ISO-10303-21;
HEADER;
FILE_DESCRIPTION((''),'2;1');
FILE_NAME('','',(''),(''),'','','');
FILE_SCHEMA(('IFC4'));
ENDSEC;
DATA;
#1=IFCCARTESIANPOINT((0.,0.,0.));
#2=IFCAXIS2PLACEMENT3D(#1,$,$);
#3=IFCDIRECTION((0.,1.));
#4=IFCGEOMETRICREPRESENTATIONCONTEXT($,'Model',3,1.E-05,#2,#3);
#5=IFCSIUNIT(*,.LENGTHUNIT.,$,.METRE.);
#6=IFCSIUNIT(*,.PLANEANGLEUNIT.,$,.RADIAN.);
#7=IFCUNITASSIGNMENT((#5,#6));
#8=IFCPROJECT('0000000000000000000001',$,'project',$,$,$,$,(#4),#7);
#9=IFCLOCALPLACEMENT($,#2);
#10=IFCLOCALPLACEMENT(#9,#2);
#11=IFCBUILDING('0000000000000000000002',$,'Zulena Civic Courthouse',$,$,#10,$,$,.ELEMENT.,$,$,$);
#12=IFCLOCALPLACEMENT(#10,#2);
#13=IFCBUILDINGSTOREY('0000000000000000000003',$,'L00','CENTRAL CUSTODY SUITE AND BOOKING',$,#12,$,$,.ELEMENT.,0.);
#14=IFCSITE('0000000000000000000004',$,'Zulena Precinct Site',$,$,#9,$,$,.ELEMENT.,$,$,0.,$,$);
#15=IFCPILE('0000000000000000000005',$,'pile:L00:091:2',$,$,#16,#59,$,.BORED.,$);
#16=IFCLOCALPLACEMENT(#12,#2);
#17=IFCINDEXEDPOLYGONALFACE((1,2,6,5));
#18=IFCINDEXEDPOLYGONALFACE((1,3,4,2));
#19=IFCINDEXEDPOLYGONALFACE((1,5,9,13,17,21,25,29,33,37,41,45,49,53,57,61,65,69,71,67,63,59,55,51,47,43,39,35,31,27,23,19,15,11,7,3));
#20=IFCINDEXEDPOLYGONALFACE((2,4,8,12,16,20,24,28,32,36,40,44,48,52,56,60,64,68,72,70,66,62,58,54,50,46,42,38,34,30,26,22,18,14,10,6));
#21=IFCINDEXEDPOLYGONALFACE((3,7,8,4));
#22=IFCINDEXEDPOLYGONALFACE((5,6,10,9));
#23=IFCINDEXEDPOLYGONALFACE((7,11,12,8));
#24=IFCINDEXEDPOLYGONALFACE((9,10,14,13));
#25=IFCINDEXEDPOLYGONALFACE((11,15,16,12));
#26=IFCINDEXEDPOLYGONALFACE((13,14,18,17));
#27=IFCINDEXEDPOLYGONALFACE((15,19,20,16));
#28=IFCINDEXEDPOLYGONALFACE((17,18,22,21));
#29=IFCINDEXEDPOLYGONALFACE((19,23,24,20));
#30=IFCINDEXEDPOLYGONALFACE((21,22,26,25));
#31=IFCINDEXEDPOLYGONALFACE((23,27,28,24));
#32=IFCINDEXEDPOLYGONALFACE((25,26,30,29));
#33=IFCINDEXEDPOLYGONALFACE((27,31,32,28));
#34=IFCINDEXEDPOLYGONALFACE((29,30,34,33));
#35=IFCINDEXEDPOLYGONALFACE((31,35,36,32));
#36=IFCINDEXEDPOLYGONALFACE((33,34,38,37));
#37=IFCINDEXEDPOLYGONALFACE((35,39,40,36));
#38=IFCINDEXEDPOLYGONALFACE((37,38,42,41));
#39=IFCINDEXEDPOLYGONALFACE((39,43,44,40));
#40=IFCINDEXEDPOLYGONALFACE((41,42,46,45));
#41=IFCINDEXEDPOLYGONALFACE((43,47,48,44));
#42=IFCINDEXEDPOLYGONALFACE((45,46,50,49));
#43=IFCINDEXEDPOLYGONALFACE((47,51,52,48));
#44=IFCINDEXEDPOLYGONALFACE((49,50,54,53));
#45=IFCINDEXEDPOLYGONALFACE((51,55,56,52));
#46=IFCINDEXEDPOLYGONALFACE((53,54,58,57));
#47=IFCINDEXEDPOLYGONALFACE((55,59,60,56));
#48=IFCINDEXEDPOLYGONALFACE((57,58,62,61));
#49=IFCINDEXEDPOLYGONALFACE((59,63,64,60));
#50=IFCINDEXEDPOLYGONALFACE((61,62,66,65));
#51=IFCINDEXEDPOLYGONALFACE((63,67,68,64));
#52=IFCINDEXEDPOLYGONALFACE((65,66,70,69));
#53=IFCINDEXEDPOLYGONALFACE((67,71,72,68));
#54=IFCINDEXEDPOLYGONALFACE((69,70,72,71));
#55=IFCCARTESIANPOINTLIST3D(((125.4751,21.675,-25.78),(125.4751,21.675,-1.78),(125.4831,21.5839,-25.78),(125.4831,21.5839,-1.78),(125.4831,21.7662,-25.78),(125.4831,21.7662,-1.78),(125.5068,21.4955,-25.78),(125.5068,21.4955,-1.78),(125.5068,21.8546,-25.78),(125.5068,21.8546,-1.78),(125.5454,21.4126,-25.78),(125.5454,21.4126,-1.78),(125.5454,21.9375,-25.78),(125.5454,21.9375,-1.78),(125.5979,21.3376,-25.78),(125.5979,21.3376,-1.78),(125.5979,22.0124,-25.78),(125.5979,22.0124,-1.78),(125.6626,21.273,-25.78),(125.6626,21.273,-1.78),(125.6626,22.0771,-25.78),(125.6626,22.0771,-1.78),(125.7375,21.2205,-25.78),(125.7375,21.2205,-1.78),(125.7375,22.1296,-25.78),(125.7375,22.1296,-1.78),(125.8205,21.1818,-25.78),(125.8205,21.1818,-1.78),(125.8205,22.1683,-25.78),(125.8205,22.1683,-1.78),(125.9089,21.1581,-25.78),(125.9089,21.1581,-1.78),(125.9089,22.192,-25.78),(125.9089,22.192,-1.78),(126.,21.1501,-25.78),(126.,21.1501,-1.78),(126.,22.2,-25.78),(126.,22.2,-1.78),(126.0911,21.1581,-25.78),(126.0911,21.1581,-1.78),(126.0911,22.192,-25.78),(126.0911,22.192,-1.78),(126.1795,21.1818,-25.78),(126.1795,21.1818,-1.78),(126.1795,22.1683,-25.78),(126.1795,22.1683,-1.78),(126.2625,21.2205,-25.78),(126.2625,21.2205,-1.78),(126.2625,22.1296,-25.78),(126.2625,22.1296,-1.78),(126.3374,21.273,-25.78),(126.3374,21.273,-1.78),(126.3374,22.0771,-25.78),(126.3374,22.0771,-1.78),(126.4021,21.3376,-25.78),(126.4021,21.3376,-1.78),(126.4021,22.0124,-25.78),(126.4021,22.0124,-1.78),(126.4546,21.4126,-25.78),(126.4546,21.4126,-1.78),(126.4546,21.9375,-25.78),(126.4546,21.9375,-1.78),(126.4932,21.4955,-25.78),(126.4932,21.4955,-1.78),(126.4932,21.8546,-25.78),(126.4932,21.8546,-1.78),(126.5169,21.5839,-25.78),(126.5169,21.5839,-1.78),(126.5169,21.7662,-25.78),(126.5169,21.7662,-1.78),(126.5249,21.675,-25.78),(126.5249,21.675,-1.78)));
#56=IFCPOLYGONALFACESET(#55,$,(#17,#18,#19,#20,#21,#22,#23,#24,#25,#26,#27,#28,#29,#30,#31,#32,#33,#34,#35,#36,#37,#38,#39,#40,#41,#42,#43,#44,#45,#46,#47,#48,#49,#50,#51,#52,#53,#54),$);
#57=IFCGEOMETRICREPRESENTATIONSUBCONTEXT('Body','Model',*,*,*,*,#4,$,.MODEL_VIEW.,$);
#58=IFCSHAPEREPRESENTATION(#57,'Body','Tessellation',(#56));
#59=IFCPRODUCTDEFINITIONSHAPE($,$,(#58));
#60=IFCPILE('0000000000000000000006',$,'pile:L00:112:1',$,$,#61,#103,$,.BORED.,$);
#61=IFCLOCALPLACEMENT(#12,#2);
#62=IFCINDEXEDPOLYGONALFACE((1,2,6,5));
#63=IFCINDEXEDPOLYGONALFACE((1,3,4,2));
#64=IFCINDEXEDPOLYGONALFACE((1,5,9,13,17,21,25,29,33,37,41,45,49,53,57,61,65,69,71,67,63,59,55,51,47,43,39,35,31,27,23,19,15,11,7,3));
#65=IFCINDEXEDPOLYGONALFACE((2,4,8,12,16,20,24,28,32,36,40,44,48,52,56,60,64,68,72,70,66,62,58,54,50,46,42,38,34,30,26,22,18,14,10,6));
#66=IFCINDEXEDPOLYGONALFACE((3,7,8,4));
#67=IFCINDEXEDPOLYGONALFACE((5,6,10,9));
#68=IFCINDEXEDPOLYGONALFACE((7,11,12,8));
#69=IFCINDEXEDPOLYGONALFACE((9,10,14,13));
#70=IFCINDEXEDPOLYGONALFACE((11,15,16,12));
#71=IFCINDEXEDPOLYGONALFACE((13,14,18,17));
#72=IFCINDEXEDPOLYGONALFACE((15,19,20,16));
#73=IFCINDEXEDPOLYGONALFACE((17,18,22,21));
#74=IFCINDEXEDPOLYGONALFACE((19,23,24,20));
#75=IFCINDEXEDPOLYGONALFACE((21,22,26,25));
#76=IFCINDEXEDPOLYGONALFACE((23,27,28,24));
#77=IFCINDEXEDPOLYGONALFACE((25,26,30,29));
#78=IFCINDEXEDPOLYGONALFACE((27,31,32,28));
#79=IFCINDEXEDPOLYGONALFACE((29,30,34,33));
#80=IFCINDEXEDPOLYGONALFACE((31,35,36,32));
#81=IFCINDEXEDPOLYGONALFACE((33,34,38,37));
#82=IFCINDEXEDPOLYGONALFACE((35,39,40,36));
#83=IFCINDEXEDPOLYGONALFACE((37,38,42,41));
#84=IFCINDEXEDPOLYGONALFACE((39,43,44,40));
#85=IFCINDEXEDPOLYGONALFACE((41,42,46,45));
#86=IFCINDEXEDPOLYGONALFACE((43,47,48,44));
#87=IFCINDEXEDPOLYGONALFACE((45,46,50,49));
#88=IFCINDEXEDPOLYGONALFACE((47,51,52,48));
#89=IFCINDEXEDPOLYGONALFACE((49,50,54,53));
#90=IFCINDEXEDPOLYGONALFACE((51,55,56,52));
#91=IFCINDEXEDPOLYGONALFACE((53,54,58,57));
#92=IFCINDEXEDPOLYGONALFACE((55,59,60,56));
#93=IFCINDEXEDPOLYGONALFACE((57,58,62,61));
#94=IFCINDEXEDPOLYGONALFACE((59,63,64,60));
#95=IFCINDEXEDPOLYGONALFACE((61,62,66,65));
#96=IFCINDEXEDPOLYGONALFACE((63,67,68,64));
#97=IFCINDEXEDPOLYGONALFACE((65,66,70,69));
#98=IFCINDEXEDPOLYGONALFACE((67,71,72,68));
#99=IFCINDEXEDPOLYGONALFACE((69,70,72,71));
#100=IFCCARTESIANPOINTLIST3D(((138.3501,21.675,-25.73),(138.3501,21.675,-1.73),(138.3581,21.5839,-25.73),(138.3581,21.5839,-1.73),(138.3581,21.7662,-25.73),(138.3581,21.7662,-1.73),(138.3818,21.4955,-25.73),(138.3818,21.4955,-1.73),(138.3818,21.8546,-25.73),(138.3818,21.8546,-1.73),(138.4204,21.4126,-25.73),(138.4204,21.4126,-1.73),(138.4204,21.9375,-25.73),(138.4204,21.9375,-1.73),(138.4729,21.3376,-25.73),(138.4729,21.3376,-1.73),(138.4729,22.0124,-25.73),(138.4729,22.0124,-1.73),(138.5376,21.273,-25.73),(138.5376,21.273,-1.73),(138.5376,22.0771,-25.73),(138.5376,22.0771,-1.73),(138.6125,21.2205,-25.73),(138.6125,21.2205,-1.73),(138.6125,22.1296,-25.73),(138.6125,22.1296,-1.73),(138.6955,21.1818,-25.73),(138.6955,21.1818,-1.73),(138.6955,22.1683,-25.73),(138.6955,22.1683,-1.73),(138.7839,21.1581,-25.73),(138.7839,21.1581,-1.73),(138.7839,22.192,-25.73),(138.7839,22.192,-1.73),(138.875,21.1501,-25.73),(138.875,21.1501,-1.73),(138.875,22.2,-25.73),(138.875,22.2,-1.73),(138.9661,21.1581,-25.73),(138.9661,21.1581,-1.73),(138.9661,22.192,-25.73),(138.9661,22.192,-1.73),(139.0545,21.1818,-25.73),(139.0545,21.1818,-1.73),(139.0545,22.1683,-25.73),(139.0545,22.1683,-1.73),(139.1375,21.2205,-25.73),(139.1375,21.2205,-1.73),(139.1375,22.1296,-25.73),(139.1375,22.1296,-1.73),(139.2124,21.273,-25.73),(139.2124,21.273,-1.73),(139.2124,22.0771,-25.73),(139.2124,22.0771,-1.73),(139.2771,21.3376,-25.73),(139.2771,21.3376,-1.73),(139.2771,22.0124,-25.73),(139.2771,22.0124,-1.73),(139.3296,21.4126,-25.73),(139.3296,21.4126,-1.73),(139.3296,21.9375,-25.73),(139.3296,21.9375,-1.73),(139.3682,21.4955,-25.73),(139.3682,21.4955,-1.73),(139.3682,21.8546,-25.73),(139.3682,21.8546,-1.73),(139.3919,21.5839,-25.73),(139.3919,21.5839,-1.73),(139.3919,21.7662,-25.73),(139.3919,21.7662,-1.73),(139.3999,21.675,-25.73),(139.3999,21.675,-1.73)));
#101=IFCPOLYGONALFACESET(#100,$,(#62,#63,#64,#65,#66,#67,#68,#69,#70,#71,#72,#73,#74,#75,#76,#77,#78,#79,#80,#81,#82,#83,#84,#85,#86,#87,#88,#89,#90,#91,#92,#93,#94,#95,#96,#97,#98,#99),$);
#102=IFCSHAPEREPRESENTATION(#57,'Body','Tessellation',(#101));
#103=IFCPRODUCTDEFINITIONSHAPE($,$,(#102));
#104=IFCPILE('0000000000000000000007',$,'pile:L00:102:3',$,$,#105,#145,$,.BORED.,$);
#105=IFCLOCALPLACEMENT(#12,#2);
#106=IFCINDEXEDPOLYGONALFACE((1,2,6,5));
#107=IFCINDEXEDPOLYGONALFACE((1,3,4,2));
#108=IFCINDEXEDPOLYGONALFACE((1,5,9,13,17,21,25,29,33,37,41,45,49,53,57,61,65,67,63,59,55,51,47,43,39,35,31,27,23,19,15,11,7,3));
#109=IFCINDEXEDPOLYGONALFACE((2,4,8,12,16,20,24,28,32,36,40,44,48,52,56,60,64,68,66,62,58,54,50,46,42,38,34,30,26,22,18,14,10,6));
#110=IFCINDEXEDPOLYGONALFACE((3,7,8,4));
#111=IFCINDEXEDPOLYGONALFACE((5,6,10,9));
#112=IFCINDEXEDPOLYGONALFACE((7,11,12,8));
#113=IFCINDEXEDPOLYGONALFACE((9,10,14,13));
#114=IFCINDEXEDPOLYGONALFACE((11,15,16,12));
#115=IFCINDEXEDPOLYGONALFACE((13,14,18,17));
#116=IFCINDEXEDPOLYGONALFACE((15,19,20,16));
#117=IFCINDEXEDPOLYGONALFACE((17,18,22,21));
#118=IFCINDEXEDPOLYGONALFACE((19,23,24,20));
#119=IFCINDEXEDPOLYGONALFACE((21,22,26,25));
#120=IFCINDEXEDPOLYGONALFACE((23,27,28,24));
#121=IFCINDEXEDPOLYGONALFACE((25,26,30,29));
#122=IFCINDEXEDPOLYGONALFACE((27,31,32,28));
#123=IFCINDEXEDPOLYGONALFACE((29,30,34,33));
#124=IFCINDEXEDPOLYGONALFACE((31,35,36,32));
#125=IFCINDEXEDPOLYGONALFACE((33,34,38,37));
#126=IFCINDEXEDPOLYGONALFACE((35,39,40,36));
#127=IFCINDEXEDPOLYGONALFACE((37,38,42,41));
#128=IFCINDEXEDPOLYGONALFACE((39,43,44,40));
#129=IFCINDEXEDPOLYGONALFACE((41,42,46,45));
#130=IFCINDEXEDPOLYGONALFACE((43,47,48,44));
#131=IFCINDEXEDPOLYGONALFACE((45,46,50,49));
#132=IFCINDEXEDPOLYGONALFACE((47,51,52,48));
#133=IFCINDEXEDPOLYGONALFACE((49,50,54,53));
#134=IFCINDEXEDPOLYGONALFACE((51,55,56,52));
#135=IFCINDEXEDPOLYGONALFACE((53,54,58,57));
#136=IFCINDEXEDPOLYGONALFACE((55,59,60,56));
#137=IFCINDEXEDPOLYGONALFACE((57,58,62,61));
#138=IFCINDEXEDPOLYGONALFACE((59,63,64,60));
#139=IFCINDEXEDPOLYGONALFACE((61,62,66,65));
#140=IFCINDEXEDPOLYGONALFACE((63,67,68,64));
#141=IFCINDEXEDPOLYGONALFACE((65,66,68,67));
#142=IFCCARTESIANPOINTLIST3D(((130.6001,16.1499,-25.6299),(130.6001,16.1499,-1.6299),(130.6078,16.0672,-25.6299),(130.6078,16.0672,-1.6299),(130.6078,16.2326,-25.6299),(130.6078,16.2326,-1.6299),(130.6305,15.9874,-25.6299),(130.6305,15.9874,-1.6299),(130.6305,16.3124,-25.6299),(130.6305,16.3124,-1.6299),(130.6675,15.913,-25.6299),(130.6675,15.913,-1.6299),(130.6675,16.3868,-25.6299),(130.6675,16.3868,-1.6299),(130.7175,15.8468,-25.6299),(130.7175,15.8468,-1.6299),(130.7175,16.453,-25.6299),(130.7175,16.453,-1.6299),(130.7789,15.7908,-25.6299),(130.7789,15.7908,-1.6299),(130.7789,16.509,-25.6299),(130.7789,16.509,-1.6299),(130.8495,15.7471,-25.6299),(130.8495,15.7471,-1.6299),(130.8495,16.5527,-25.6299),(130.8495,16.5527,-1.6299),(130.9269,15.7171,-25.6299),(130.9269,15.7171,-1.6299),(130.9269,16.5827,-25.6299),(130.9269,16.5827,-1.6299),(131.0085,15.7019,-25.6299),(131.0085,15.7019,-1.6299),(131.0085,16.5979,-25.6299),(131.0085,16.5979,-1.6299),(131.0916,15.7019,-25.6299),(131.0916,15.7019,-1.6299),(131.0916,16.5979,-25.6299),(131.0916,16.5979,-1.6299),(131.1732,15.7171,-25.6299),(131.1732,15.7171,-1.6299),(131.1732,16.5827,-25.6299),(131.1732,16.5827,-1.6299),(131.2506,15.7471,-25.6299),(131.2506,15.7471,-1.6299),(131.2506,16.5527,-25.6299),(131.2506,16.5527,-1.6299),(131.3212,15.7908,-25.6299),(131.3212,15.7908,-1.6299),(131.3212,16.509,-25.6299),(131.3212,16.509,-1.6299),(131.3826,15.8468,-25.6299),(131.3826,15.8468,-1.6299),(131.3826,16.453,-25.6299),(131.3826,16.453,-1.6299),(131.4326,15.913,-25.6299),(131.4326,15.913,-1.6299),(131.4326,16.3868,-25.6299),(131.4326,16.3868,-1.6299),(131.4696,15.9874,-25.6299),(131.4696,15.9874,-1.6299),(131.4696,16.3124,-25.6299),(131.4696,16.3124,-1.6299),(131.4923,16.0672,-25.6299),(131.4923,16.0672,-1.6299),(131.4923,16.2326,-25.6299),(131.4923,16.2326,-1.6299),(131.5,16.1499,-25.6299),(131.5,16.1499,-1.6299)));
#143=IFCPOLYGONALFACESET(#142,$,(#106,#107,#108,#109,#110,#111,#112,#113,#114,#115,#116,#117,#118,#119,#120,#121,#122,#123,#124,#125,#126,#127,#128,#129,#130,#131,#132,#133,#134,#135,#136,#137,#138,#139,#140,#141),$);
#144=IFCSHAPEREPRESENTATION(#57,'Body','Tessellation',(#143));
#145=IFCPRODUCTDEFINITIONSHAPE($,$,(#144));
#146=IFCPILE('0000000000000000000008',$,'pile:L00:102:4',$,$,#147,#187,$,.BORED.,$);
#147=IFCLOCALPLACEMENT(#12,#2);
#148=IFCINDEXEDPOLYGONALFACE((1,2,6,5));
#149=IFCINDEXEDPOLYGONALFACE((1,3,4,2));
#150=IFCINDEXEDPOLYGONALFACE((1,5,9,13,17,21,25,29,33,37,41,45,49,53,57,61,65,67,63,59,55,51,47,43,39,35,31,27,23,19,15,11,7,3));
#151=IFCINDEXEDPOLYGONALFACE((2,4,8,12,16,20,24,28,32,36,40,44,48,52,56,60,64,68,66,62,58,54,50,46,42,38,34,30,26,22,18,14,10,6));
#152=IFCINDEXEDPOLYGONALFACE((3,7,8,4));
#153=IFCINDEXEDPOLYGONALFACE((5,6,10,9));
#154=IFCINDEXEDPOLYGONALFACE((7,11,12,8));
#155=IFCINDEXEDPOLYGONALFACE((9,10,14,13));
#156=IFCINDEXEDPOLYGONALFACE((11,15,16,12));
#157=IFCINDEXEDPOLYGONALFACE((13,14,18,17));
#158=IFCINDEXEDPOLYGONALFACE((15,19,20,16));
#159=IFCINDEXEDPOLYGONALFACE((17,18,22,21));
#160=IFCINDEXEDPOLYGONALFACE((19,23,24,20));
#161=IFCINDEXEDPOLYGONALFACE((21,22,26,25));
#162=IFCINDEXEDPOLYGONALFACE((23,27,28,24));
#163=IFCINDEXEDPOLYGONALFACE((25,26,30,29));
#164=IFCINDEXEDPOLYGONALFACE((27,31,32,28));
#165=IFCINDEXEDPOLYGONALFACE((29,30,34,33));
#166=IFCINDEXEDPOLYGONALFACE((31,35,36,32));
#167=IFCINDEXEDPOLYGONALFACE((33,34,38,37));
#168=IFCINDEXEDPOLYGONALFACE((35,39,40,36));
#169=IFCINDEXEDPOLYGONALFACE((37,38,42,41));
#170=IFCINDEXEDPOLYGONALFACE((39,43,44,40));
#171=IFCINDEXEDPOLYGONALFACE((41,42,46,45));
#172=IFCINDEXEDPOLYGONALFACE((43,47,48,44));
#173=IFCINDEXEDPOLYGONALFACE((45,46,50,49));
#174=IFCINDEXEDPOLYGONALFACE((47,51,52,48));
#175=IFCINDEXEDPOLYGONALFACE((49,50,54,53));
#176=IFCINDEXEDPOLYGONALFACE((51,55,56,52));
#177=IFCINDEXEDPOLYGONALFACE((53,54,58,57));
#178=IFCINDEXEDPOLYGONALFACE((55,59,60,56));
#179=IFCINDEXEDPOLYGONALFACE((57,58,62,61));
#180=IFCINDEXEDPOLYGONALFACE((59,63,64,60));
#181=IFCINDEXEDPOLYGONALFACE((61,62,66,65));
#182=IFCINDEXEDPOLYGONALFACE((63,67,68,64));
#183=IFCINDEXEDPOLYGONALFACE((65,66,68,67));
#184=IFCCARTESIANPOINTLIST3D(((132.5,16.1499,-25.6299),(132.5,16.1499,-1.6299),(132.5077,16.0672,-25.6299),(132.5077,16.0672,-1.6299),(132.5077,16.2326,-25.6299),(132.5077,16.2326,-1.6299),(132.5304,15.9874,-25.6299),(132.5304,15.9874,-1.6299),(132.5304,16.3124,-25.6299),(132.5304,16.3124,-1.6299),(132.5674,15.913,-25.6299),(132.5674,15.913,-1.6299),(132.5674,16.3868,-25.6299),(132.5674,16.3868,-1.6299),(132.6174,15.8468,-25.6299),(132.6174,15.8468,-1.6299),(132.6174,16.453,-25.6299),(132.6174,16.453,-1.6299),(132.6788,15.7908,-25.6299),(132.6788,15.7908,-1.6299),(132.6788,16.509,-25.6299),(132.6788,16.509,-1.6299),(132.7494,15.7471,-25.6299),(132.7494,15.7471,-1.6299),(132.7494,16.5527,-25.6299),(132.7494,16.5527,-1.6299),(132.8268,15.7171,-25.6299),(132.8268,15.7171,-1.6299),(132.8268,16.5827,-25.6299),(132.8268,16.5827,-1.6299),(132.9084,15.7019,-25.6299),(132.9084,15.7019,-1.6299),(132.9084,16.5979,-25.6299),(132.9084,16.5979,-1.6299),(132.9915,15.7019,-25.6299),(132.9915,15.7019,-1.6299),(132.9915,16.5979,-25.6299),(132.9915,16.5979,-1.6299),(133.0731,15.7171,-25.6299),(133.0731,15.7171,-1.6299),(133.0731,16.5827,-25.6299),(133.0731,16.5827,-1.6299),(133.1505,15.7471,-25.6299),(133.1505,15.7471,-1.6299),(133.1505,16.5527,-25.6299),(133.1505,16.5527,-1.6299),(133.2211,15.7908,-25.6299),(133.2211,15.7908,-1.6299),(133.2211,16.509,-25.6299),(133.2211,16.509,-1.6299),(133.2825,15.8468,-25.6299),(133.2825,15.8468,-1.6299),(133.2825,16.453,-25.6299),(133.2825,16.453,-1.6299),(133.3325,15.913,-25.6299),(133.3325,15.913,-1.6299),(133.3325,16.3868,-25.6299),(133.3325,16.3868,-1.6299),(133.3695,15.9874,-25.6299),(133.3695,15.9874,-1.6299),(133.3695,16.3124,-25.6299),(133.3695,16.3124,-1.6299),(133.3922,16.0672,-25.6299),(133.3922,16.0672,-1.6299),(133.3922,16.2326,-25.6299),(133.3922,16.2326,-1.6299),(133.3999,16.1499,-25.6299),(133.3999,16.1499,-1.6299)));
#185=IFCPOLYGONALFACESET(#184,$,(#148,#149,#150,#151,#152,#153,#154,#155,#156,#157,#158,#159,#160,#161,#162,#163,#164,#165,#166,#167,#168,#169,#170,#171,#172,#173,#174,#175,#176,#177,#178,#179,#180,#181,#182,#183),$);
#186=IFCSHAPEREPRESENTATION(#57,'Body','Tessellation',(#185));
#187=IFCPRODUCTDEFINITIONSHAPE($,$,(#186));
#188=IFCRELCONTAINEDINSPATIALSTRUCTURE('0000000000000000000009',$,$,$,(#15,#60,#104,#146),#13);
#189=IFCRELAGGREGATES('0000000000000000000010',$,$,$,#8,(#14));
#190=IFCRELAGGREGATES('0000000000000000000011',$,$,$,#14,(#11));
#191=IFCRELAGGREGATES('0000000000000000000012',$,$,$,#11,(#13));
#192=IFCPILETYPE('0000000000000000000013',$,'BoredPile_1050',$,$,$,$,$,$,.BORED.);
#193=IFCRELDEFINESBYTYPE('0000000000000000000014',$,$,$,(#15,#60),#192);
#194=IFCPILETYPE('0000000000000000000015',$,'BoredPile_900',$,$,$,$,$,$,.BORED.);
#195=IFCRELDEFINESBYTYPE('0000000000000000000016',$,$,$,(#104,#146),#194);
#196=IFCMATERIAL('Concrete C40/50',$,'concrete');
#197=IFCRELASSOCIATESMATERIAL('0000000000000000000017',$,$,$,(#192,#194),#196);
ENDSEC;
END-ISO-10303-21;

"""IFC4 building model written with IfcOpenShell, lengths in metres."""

from ifc_helpers import new_model, si_unit, direction, frame, origin, origin_2d, place, context, subcontext, project, spatial, circle, extrude, material, material_profile, profile_set, type_object, element, save


model = new_model("IFC4")

# Units and contexts
model_context = context("Model", 3, precision=1e-05, world=origin(), true_north=direction((0.0, 1.0)))
body_context = subcontext(model_context, "Body", "Model", "MODEL_VIEW")
ifc_project = project(units=[si_unit("LENGTHUNIT", "METRE"), si_unit("PLANEANGLEUNIT", "RADIAN")], contexts=[model_context])

# Site, building, storey
site_placement = place(None, origin())
site = spatial("IfcSite", under=ifc_project, at=site_placement, Name="Zulena Precinct Site", CompositionType="ELEMENT", RefElevation=0.0)
building_placement = place(site_placement, origin())
building = spatial("IfcBuilding", under=site, at=building_placement, Name="Zulena Civic Courthouse", CompositionType="ELEMENT")
storey_placement = place(building_placement, origin())
storey = spatial("IfcBuildingStorey", under=building, at=storey_placement, Name="L00", Description="CENTRAL CUSTODY SUITE AND BOOKING", CompositionType="ELEMENT", Elevation=0.0)

# Piles
ifc_material_1 = material(Name="Concrete C40/50", Category="concrete")
ifc_material_profile_1 = material_profile(ifc_material_1, circle(Radius=0.5249, at=origin_2d()), Name="PILE1050")
ifc_profile_set_1 = profile_set([ifc_material_profile_1], Name="Concrete C40/50")
pile_type_1 = type_object("IfcPileType", Name="BoredPile_1050", PredefinedType="BORED", material=ifc_profile_set_1)
for number, where, z_axis, x_axis, name in (
    (1, (126.0, 21.675, -1.78), (0.0, 0.0, -1.0), (1.0, 0.0, 0.0), "pile:L00:091:2"),
    (2, (138.875, 21.675, -1.73), (0.0, 0.0, -1.0), (1.0, 0.0, 0.0), "pile:L00:112:1"),
):
    element("IfcPile", number, at=place(storey_placement, frame(where, z_axis=z_axis, x_axis=x_axis)), inside=storey, type_object=pile_type_1, Name=name, PredefinedType="BORED", context=body_context, shape_type="SweptSolid", body=[
        extrude(circle(Radius=0.5249, at=origin_2d()), origin(), (0.0, 0.0, 1.0), 24.0),
    ])
ifc_material_profile_2 = material_profile(ifc_material_1, circle(Radius=0.45, at=origin_2d()), Name="PILE900")
ifc_profile_set_2 = profile_set([ifc_material_profile_2], Name="Concrete C40/50")
pile_type_2 = type_object("IfcPileType", Name="BoredPile_900", PredefinedType="BORED", material=ifc_profile_set_2)
for number, where, z_axis, x_axis, name in (
    (3, (131.05, 16.1499, -1.6299), (0.0, 0.0, -1.0), (1.0, 0.0, 0.0), "pile:L00:102:3"),
    (4, (132.95, 16.1499, -1.6299), (0.0, 0.0, -1.0), (1.0, 0.0, 0.0), "pile:L00:102:4"),
):
    element("IfcPile", number, at=place(storey_placement, frame(where, z_axis=z_axis, x_axis=x_axis)), inside=storey, type_object=pile_type_2, Name=name, PredefinedType="BORED", context=body_context, shape_type="SweptSolid", body=[
        extrude(circle(Radius=0.45, at=origin_2d()), origin(), (0.0, 0.0, 1.0), 24.0),
    ])

save(model, "model.ifc")
